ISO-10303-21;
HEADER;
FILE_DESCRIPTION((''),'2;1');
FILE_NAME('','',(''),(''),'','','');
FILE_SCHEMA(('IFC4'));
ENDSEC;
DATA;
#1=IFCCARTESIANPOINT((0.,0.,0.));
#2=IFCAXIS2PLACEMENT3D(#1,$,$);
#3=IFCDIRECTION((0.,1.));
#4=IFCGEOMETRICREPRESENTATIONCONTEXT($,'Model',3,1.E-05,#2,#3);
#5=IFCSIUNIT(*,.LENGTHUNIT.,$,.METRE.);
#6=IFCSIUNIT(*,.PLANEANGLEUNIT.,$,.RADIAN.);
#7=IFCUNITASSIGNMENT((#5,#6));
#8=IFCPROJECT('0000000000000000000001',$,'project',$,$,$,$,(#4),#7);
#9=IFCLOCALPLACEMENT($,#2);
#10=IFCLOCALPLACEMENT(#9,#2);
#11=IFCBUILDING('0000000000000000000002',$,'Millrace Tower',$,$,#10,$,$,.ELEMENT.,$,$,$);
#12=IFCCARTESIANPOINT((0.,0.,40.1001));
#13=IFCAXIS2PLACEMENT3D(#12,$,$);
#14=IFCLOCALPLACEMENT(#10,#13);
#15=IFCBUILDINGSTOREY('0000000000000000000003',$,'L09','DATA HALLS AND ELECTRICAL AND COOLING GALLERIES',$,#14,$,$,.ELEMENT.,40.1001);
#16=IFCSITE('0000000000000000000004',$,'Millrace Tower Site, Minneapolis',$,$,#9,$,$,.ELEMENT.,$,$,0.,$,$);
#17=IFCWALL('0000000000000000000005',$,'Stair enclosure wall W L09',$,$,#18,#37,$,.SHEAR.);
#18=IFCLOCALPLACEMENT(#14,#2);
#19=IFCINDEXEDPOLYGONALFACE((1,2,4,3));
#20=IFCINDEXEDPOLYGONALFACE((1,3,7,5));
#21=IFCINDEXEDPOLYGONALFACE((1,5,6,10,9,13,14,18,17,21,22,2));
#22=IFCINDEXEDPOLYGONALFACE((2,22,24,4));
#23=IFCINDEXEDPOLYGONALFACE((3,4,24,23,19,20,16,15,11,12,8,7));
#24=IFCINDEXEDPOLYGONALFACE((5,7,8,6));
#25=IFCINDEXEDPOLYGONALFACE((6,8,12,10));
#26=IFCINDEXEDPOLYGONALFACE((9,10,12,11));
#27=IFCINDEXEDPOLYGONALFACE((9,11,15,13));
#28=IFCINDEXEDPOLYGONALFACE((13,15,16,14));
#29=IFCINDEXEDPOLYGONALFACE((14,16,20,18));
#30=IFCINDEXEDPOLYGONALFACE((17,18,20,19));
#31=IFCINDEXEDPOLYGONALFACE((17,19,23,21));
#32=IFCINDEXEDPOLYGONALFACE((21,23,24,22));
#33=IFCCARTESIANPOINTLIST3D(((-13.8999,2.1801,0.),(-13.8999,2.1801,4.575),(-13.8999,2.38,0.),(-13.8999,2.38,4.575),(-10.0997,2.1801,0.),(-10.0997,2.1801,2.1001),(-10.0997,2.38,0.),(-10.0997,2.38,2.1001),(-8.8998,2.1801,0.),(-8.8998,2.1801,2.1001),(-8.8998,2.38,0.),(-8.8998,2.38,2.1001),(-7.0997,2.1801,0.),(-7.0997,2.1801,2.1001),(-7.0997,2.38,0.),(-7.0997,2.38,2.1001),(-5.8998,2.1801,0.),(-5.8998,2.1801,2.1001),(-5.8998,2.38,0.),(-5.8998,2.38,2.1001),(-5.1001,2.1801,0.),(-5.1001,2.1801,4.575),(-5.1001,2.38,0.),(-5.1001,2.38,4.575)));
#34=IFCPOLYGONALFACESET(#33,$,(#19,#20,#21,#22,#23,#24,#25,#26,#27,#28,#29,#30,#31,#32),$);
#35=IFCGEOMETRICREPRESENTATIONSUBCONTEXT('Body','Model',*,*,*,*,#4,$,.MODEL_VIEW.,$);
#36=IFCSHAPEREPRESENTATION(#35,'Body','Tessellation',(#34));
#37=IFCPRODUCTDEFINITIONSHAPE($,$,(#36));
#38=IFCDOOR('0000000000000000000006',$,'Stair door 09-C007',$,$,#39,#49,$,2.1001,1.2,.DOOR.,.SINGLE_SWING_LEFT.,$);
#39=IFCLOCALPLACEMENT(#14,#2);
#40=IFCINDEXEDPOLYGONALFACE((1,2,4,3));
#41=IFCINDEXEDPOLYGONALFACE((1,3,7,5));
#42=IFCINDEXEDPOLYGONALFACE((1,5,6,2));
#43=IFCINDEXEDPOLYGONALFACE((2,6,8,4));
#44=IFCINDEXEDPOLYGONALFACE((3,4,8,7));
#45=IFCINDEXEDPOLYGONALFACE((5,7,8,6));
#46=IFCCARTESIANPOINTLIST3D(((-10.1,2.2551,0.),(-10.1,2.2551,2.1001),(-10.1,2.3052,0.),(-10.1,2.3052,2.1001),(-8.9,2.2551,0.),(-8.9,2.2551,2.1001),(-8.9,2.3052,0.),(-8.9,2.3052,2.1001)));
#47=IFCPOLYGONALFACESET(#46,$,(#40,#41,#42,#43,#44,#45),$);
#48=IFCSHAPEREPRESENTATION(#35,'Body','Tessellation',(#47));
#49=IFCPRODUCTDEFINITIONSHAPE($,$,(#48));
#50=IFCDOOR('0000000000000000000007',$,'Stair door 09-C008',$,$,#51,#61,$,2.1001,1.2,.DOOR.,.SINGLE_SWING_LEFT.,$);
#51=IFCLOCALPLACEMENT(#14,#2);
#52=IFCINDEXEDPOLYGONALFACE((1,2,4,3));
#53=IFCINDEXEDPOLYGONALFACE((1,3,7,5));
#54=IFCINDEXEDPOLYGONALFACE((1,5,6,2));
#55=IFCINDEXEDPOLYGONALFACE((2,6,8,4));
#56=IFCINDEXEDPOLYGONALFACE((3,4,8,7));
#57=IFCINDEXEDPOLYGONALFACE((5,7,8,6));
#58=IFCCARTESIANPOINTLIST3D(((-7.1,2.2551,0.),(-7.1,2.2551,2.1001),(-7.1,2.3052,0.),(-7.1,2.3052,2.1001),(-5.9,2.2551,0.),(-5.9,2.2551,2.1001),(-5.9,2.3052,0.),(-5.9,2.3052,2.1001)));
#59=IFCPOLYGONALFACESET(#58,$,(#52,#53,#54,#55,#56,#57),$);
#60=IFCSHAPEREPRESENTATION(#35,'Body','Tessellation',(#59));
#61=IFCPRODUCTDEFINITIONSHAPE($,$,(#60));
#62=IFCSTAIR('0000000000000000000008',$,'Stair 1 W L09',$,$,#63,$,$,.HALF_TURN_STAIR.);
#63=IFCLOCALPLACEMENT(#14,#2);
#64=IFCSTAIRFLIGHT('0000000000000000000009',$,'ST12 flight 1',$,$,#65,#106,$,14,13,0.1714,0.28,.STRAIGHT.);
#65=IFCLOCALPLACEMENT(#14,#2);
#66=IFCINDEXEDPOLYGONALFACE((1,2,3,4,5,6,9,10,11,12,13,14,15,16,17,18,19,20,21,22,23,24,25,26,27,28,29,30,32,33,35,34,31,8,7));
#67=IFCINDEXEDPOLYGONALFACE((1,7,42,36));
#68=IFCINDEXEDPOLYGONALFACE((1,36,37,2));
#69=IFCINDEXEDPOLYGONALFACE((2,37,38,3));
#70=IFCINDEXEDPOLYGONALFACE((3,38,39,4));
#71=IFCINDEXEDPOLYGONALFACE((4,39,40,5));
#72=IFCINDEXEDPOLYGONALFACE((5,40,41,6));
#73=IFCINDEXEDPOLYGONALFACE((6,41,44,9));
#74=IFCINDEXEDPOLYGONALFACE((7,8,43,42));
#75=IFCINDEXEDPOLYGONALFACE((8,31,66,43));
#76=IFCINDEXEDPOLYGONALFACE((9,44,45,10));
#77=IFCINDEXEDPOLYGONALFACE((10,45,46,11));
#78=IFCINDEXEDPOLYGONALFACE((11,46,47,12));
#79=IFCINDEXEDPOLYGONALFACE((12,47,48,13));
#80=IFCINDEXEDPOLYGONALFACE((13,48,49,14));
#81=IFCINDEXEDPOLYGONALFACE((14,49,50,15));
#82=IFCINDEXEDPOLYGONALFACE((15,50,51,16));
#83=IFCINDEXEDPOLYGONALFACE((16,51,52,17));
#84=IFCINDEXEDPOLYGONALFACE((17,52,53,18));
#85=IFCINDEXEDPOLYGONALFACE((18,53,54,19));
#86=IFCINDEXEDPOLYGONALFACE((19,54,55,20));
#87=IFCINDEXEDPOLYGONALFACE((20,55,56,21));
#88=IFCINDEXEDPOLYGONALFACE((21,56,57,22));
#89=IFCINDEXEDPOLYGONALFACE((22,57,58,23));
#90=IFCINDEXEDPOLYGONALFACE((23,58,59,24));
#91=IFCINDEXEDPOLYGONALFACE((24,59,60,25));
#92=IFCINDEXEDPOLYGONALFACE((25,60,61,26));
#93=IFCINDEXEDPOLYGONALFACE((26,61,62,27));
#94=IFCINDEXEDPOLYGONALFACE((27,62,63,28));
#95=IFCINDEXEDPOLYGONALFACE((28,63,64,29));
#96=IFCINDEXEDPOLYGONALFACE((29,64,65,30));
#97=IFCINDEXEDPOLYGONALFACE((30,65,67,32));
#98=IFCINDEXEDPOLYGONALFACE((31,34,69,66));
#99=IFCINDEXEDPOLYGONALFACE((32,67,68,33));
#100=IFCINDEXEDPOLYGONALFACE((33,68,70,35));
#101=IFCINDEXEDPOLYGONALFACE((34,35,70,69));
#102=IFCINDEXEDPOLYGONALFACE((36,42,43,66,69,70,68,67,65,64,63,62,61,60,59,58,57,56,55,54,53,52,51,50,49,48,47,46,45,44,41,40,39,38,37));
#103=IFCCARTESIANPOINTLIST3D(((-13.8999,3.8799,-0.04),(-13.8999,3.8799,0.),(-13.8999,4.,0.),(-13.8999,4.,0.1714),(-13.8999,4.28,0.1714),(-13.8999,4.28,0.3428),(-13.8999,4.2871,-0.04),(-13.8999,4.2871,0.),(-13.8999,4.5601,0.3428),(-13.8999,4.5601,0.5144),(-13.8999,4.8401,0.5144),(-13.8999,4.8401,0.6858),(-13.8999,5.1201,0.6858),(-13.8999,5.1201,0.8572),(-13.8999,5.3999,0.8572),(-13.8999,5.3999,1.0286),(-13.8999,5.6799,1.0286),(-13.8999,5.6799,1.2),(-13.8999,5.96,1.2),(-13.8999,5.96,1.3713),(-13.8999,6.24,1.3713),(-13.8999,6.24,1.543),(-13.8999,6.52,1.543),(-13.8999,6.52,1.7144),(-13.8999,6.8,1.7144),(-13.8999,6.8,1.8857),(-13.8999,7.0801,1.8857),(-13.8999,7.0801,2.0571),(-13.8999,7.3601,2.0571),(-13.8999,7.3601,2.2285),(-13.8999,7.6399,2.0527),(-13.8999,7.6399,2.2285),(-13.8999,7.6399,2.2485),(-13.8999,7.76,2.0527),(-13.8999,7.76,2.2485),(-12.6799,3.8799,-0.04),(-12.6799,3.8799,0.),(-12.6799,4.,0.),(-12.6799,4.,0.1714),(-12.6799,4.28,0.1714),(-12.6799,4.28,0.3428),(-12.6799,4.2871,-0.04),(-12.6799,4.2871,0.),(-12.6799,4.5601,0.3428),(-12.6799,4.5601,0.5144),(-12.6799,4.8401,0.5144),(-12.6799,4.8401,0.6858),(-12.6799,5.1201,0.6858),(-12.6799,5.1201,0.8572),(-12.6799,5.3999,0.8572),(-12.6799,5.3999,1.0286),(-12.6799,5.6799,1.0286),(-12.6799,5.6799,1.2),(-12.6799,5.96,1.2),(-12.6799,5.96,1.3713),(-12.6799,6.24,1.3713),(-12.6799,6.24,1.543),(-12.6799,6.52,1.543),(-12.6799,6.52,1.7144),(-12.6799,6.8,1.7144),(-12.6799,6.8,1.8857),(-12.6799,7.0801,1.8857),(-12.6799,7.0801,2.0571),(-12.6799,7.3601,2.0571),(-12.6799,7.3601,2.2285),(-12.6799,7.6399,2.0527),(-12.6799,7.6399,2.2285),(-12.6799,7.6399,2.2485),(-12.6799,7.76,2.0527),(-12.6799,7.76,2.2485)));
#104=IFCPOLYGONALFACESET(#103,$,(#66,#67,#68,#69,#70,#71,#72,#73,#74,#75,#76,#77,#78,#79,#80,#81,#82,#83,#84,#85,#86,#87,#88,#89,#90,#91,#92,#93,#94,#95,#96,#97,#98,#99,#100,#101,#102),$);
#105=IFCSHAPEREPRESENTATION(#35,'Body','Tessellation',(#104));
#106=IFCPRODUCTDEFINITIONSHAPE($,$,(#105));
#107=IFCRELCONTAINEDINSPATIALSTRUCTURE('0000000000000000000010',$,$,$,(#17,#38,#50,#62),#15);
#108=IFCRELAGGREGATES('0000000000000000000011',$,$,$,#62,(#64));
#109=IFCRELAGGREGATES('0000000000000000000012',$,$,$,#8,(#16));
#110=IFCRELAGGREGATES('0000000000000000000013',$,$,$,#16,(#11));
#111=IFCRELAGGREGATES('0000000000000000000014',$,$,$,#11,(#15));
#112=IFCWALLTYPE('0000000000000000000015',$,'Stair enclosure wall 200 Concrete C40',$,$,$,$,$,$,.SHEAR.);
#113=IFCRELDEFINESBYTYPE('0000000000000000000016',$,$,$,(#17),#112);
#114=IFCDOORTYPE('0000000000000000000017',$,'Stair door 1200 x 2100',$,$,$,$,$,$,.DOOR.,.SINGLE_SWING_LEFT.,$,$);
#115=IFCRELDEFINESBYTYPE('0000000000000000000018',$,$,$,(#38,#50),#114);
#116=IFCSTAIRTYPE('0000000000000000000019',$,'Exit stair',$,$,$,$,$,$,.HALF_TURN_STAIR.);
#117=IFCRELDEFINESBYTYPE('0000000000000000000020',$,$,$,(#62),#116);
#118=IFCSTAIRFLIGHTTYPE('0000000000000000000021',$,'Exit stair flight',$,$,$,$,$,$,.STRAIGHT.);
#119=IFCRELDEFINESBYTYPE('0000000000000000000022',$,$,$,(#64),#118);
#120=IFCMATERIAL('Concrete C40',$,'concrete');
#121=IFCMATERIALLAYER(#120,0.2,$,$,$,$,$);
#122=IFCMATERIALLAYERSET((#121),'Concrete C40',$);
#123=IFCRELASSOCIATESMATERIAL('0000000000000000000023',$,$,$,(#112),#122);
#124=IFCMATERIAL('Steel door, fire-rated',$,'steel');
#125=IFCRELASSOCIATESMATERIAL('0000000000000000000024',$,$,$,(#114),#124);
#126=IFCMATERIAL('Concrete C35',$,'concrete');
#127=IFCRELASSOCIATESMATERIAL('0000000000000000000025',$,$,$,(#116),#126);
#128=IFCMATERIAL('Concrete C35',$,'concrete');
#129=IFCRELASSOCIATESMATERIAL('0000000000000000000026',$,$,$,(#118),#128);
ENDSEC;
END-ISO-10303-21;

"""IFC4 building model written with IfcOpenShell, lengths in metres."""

from ifc_helpers import new_model, si_unit, direction, frame, frame_2d, origin, place, context, subcontext, project, spatial, polyline, rectangle, outline, extrude, material, layer, layer_set, type_object, element, fill, aggregate, save


model = new_model("IFC4")

# Units and contexts
model_context = context("Model", 3, precision=1e-05, world=origin(), true_north=direction((0.0, 1.0)))
body_context = subcontext(model_context, "Body", "Model", "MODEL_VIEW")
ifc_project = project(units=[si_unit("LENGTHUNIT", "METRE"), si_unit("PLANEANGLEUNIT", "RADIAN")], contexts=[model_context])

# Site, building, storey
site_placement = place(None, origin())
site = spatial("IfcSite", under=ifc_project, at=site_placement, Name="Millrace Tower Site, Minneapolis", CompositionType="ELEMENT", RefElevation=0.0)
building_placement = place(site_placement, origin())
building = spatial("IfcBuilding", under=site, at=building_placement, Name="Millrace Tower", CompositionType="ELEMENT")
storey_placement = place(building_placement, frame((0.0, 0.0, 40.1001)))
storey = spatial("IfcBuildingStorey", under=building, at=storey_placement, Name="L09", Description="DATA HALLS AND ELECTRICAL AND COOLING GALLERIES", CompositionType="ELEMENT", Elevation=40.1001)

# Shared definitions
placement = place(storey_placement, origin())

# Shared definitions
ifc_material_1 = material(Name="Concrete C40", Category="concrete")
ifc_layer_1 = layer(ifc_material_1, 0.2)
ifc_layer_set_1 = layer_set([ifc_layer_1], Name="Concrete C40")
wall_type_1 = type_object("IfcWallType", Name="Stair enclosure wall 200 Concrete C40", PredefinedType="SHEAR", material=ifc_layer_set_1)

# Wall, openings, doors
wall_1_placement = place(storey_placement, frame((-13.8999, 2.28, 0.0), z_axis=(0.0, 0.0, 1.0), x_axis=(1.0, 0.0, 0.0)))
wall_1 = element("IfcWall", 1, at=wall_1_placement, inside=storey, type_object=wall_type_1, Name="Stair enclosure wall W L09", PredefinedType="SHEAR", context=body_context, shape_type="SweptSolid", body=[
    extrude(rectangle(XDim=8.7998, YDim=0.2, at=frame_2d((4.3999, 0.0))), origin(), (0.0, 0.0, 1.0), 4.575),
])
opening_1_placement = place(wall_1_placement, frame((3.8, 0.0, 0.0)))
opening_1 = element("IfcOpeningElement", 2, at=opening_1_placement, cuts=wall_1, PredefinedType="OPENING", context=body_context, shape_type="SweptSolid", body=[
    extrude(rectangle(XDim=1.2, YDim=2.1001, at=frame_2d((0.6001, 1.05))), frame((0.0, 0.1099, 0.0), z_axis=(0.0, -1.0, 0.0), x_axis=(1.0, 0.0, 0.0)), (0.0, 0.0, 1.0), 0.22),
])
opening_2_placement = place(wall_1_placement, frame((6.8, 0.0, 0.0)))
opening_2 = element("IfcOpeningElement", 3, at=opening_2_placement, cuts=wall_1, PredefinedType="OPENING", context=body_context, shape_type="SweptSolid", body=[
    extrude(rectangle(XDim=1.2, YDim=2.1001, at=frame_2d((0.6001, 1.05))), frame((0.0, 0.1099, 0.0), z_axis=(0.0, -1.0, 0.0), x_axis=(1.0, 0.0, 0.0)), (0.0, 0.0, 1.0), 0.22),
])
ifc_material_2 = material(Name="Steel door, fire-rated", Category="steel")
door_type_1 = type_object("IfcDoorType", Name="Stair door 1200 x 2100", OperationType="SINGLE_SWING_LEFT", PredefinedType="DOOR", material=ifc_material_2)
door_1_placement = place(opening_1_placement, frame((1.2, 0.0, 0.0), z_axis=(0.0, 0.0, 1.0), x_axis=(-1.0, 0.0, 0.0)))
door_1 = element("IfcDoor", 4, at=door_1_placement, inside=storey, type_object=door_type_1, Name="Stair door 09-C007", OperationType="SINGLE_SWING_LEFT", OverallHeight=2.1001, OverallWidth=1.2, PredefinedType="DOOR", context=body_context, shape_type="SweptSolid", body=[
    extrude(rectangle(XDim=1.2, YDim=2.1001, at=frame_2d((0.6001, 1.05))), frame((0.0, 0.0249, 0.0), z_axis=(0.0, -1.0, 0.0), x_axis=(1.0, 0.0, 0.0)), (0.0, 0.0, 1.0), 0.05),
])
fill(opening_1, door_1)
door_2_placement = place(opening_2_placement, frame((1.2, 0.0, 0.0), z_axis=(0.0, 0.0, 1.0), x_axis=(-1.0, 0.0, 0.0)))
door_2 = element("IfcDoor", 5, at=door_2_placement, inside=storey, type_object=door_type_1, Name="Stair door 09-C008", OperationType="SINGLE_SWING_LEFT", OverallHeight=2.1001, OverallWidth=1.2, PredefinedType="DOOR", context=body_context, shape_type="SweptSolid", body=[
    extrude(rectangle(XDim=1.2, YDim=2.1001, at=frame_2d((0.6001, 1.05))), frame((0.0, 0.0249, 0.0), z_axis=(0.0, -1.0, 0.0), x_axis=(1.0, 0.0, 0.0)), (0.0, 0.0, 1.0), 0.05),
])
fill(opening_2, door_2)

# Stair, stair flight
ifc_material_3 = material(Name="Concrete C35", Category="concrete")
stair_type = type_object("IfcStairType", Name="Exit stair", PredefinedType="HALF_TURN_STAIR", material=ifc_material_3)
stair = element("IfcStair", 6, at=placement, inside=storey, type_object=stair_type, Name="Stair 1 W L09", PredefinedType="HALF_TURN_STAIR")
ifc_material_4 = material(Name="Concrete C35", Category="concrete")
stair_flight_type = type_object("IfcStairFlightType", Name="Exit stair flight", PredefinedType="STRAIGHT", material=ifc_material_4)
stair_flight_placement = place(storey_placement, frame((-13.29, 4.0, 0.0), z_axis=(0.0, 0.0, 1.0), x_axis=(0.0, 1.0, 0.0)))
stair_flight = element("IfcStairFlight", 7, at=stair_flight_placement, type_object=stair_flight_type, Name="ST12 flight 1", NumberOfRisers=14, NumberOfTreads=13, PredefinedType="STRAIGHT", RiserHeight=0.1714, TreadLength=0.28, context=body_context, shape_type="SweptSolid", body=[
    extrude(outline(polyline([(-0.1201, -0.04), (-0.1201, 0.0), (0.0, 0.0), (0.0, 0.1714), (0.28, 0.1714), (0.28, 0.3428), (0.5601, 0.3428), (0.5601, 0.5144), (0.8401, 0.5144), (0.8401, 0.6858), (1.1201, 0.6858), (1.1201, 0.8572), (1.3999, 0.8572), (1.3999, 1.0286), (1.6799, 1.0286), (1.6799, 1.2), (1.96, 1.2), (1.96, 1.3713), (2.24, 1.3713), (2.24, 1.543), (2.52, 1.543), (2.52, 1.7144), (2.8, 1.7144), (2.8, 1.8857), (3.0801, 1.8857), (3.0801, 2.0571), (3.3601, 2.0571), (3.3601, 2.2285), (3.6399, 2.2285), (3.6399, 2.2485), (3.76, 2.2485), (3.76, 2.0527), (3.6399, 2.0527), (0.2871, 0.0), (0.2871, -0.04), (-0.1201, -0.04)])), frame((0.0, 0.6099, 0.0), z_axis=(0.0, -1.0, 0.0), x_axis=(1.0, 0.0, 0.0)), (0.0, 0.0, 1.0), 1.22),
])
aggregate(stair, [stair_flight])

save(model, "model.ifc")
